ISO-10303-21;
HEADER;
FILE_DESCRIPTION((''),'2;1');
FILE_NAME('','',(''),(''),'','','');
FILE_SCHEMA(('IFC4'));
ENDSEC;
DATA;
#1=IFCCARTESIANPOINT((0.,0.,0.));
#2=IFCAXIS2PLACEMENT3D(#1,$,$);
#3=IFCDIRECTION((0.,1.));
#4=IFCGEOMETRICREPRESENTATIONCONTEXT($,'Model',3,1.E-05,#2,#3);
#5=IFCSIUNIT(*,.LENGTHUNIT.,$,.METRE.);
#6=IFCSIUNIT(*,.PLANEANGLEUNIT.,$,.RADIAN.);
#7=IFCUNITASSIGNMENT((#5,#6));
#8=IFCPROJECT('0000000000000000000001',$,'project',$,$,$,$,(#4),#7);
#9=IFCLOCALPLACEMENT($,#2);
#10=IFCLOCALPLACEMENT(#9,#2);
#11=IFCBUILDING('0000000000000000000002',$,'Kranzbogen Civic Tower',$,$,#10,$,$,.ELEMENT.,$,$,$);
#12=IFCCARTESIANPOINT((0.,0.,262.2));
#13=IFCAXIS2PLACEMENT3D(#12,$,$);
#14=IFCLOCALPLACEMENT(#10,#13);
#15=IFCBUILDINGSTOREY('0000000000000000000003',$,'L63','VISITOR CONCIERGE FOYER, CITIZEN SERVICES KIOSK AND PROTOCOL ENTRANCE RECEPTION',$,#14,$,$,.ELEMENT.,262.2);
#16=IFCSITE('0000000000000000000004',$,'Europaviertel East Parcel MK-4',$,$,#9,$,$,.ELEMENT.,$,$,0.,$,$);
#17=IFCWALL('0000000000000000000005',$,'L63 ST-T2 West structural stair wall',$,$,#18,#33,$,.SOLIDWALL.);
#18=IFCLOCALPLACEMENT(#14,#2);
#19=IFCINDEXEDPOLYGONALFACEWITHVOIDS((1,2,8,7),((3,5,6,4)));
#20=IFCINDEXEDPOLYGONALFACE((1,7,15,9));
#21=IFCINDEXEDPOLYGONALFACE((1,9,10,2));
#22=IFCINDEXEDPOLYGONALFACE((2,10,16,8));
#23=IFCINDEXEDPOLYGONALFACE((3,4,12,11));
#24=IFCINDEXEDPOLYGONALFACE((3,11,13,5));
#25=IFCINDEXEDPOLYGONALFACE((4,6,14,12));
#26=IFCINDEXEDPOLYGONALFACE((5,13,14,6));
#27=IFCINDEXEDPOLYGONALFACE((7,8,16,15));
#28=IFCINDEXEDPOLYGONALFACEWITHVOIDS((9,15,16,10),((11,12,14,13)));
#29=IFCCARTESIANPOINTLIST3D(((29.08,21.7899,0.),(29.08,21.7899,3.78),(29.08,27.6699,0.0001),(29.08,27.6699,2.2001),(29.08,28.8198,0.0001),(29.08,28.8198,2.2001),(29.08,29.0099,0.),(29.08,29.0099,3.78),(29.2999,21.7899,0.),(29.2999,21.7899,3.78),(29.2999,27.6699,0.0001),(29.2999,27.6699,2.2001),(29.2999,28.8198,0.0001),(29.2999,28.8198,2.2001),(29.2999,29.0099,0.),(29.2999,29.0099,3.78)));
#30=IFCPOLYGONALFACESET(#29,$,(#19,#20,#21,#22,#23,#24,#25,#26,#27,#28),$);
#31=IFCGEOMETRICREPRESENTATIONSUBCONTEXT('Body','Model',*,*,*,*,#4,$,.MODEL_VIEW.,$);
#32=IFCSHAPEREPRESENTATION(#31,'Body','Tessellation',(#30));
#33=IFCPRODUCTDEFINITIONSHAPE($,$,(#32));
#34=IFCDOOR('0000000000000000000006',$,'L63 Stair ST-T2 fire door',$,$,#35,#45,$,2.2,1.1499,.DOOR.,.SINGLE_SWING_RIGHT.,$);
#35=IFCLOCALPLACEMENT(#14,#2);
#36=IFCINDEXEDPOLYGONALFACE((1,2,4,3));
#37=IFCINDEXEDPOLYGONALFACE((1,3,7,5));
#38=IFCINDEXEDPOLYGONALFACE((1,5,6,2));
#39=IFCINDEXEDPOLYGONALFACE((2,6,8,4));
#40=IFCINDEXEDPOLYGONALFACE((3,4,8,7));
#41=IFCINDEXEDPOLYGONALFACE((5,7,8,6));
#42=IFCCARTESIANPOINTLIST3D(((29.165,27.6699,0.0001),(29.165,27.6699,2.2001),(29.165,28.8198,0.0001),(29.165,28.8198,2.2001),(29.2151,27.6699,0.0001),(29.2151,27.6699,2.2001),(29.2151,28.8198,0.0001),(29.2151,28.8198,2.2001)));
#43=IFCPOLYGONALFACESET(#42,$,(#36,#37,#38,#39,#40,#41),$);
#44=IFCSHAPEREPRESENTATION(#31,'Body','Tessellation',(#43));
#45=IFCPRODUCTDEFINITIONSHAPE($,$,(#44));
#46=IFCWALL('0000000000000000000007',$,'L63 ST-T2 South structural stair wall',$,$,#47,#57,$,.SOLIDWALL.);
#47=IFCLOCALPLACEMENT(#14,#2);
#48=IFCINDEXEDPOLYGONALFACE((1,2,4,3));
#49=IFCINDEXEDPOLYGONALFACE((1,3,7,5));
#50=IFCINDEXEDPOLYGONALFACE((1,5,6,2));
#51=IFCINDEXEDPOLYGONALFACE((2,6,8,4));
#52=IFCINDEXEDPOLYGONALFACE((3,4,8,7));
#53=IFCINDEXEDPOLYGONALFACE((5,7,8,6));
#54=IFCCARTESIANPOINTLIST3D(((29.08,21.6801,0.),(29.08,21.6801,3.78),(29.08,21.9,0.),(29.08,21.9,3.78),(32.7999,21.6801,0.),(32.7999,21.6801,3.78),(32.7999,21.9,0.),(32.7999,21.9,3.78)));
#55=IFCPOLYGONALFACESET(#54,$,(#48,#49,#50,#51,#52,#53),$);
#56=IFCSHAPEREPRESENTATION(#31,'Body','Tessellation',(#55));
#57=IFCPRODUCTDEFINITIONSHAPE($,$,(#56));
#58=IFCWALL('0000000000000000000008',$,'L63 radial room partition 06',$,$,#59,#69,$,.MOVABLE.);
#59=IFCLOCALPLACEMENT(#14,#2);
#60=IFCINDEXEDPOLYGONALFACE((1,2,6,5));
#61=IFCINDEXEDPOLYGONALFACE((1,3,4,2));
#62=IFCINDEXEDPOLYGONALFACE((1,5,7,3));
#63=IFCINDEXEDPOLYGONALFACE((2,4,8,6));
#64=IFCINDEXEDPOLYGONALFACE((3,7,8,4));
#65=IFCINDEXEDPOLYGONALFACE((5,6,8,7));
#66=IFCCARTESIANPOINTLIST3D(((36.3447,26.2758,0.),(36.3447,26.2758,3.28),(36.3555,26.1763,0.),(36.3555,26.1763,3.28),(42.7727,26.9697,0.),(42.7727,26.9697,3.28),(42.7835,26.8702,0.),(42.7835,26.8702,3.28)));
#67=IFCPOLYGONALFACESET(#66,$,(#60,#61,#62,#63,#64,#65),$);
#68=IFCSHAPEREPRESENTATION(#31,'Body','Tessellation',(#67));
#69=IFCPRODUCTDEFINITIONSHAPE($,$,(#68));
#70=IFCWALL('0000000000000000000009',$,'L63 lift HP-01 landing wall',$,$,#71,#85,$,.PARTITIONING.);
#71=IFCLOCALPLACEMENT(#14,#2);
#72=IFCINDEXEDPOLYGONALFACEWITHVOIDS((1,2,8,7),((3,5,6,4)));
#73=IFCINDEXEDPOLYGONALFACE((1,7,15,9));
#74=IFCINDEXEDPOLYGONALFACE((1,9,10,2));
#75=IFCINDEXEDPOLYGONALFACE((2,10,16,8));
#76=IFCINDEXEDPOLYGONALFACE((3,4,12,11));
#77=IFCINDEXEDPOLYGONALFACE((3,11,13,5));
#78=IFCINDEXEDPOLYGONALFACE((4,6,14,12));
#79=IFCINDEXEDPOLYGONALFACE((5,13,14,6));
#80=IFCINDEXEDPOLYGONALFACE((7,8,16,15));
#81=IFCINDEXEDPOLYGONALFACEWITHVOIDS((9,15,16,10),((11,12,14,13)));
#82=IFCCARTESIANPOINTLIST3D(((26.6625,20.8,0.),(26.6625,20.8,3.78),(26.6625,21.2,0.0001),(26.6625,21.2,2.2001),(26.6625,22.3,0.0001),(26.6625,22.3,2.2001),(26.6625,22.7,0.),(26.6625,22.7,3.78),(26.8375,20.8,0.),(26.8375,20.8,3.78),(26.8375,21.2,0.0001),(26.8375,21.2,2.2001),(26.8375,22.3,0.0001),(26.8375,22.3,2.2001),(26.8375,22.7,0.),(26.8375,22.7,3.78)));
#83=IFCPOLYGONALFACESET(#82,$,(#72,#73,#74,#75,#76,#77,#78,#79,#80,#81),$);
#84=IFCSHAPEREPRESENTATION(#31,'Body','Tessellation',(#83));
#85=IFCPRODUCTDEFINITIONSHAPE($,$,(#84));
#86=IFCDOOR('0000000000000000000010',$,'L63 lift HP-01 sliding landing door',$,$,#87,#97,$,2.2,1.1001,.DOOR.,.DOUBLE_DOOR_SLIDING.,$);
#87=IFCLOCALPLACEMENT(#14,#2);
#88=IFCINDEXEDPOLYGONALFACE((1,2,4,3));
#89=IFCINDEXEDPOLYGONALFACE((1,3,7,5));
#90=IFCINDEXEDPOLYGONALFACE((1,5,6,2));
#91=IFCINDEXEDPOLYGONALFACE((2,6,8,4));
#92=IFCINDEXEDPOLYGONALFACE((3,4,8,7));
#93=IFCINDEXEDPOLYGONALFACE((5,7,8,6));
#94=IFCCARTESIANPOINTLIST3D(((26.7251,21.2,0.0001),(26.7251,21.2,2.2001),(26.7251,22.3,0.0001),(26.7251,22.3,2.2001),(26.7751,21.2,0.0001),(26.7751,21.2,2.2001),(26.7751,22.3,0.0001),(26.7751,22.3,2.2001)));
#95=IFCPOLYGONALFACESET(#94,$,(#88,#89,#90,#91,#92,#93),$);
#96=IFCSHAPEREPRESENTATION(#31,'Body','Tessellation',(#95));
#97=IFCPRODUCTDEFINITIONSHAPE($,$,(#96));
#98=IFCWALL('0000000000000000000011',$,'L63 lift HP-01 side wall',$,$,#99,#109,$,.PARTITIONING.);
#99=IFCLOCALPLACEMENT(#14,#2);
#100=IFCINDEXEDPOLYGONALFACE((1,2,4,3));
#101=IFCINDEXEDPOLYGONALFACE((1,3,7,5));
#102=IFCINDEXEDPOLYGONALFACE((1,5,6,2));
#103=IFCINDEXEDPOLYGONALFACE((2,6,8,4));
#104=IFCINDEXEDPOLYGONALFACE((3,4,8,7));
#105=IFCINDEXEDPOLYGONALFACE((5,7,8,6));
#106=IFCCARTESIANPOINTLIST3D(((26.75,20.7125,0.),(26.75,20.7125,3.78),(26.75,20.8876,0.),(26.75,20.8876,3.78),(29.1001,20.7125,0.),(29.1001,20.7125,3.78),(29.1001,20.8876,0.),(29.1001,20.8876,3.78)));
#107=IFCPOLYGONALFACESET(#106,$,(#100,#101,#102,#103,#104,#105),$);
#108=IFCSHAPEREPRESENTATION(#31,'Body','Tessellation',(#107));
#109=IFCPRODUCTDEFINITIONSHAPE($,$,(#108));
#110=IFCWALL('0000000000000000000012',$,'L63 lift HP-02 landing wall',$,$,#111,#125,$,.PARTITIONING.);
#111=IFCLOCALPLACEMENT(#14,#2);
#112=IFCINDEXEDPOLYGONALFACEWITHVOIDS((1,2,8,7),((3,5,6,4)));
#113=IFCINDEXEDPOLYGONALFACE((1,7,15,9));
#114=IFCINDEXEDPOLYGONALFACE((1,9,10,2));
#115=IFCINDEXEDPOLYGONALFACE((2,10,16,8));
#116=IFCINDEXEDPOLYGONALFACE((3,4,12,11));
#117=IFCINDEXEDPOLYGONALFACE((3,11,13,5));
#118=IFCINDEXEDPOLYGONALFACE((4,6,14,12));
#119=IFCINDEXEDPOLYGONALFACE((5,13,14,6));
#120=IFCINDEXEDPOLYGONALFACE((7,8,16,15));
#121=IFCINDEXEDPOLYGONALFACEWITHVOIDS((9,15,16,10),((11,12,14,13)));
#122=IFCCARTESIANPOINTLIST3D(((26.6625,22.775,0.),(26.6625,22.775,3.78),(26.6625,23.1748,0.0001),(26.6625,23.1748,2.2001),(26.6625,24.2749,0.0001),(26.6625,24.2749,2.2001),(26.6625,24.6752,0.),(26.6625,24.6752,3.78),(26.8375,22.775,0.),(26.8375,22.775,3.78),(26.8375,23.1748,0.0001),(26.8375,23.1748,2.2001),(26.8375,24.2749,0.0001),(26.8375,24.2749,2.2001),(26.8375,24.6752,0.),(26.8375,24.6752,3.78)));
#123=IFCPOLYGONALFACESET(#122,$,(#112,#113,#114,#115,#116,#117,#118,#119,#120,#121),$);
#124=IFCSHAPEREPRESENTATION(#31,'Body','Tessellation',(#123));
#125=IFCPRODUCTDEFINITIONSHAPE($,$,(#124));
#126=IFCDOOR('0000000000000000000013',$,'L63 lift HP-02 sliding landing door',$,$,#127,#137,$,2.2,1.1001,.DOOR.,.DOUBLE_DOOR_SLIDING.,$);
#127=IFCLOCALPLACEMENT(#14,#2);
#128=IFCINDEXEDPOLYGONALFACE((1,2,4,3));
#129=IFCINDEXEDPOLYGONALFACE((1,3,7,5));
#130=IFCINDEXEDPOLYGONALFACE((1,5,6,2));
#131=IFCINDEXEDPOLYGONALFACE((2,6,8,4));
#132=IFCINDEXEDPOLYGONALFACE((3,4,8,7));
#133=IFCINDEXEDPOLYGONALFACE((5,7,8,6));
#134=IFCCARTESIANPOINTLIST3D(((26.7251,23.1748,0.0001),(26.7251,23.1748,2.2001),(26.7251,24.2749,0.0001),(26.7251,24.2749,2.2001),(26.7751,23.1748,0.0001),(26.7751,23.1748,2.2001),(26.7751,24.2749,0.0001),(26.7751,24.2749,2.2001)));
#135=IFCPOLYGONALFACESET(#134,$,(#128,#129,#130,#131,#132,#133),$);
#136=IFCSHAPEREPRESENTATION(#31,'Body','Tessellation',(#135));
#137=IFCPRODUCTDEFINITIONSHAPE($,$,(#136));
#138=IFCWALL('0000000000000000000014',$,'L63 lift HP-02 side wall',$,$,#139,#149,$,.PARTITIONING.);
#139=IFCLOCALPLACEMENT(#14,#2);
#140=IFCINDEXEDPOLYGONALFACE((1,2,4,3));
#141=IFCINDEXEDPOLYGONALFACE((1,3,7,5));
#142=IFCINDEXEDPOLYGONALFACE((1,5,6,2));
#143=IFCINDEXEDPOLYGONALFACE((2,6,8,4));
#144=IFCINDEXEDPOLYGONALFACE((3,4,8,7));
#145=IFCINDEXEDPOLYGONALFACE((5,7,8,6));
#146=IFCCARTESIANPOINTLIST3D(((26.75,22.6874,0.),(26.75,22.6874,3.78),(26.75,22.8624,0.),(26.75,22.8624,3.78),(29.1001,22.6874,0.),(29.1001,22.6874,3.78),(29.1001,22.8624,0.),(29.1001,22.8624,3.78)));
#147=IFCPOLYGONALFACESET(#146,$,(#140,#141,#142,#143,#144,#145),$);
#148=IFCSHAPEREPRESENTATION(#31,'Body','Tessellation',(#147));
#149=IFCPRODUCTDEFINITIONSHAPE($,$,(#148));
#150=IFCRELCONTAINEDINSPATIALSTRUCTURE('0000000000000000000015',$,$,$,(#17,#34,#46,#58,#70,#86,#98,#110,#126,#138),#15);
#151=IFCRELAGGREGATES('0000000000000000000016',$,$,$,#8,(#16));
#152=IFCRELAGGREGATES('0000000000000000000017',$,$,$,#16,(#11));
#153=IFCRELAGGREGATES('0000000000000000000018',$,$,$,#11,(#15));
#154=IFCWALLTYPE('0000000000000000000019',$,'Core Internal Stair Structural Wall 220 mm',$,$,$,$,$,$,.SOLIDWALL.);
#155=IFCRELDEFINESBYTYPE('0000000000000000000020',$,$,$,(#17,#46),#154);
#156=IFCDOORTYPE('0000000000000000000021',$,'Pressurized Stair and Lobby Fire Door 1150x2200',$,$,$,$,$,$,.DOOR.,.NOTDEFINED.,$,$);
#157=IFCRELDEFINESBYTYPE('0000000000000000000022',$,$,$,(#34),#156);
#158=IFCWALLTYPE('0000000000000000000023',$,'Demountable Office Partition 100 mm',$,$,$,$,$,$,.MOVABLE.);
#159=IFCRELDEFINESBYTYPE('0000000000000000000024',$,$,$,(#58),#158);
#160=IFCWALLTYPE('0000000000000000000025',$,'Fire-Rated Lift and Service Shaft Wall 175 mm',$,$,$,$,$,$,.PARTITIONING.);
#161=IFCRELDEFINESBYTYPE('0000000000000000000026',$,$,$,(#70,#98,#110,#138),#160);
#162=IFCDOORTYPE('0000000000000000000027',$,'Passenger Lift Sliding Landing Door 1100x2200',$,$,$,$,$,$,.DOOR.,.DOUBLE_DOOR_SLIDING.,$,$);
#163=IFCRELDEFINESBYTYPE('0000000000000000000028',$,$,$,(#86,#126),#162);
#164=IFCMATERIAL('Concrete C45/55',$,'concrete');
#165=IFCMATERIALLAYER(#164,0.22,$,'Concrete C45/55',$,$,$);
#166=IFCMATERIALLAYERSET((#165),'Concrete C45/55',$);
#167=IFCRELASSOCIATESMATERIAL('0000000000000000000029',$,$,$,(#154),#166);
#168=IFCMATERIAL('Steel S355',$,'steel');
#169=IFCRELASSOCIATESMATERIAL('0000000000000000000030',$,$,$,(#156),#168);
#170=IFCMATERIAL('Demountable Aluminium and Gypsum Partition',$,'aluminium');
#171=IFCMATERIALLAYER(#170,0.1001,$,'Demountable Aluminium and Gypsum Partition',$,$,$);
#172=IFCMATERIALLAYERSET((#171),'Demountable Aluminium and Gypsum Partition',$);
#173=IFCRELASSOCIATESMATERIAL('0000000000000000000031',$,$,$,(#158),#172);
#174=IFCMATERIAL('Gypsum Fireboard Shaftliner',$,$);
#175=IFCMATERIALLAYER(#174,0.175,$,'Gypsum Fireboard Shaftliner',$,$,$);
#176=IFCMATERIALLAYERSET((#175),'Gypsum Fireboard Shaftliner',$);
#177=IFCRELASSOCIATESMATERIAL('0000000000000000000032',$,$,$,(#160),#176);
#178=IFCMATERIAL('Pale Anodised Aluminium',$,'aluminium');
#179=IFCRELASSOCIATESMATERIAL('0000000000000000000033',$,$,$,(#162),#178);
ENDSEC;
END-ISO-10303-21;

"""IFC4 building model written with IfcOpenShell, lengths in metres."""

from ifc_helpers import new_model, si_unit, direction, frame, frame_2d, origin, place, context, subcontext, project, spatial, rectangle, extrude, material, layer, layer_set, type_object, element, fill, save


model = new_model("IFC4")

# Units and contexts
model_context = context("Model", 3, precision=1e-05, world=origin(), true_north=direction((0.0, 1.0)))
body_context = subcontext(model_context, "Body", "Model", "MODEL_VIEW")
ifc_project = project(units=[si_unit("LENGTHUNIT", "METRE"), si_unit("PLANEANGLEUNIT", "RADIAN")], contexts=[model_context])

# Site, building, storey
site_placement = place(None, origin())
site = spatial("IfcSite", under=ifc_project, at=site_placement, Name="Europaviertel East Parcel MK-4", CompositionType="ELEMENT", RefElevation=0.0)
building_placement = place(site_placement, origin())
building = spatial("IfcBuilding", under=site, at=building_placement, Name="Kranzbogen Civic Tower", CompositionType="ELEMENT")
storey_placement = place(building_placement, frame((0.0, 0.0, 262.2)))
storey = spatial("IfcBuildingStorey", under=building, at=storey_placement, Name="L63", Description="VISITOR CONCIERGE FOYER, CITIZEN SERVICES KIOSK AND PROTOCOL ENTRANCE RECEPTION", CompositionType="ELEMENT", Elevation=262.2)

# Shared definitions
ifc_material_1 = material(Name="Steel S355", Category="steel")

# Shared definitions
ifc_material_2 = material(Name="Pale Anodised Aluminium", Category="aluminium")

# Shared definitions
ifc_material_3 = material(Name="Concrete C45/55", Category="concrete")

# Wall, opening, door
ifc_layer_1 = layer(ifc_material_3, 0.22, Name="Concrete C45/55")
ifc_layer_set_1 = layer_set([ifc_layer_1], Name="Concrete C45/55")
wall_type_1 = type_object("IfcWallType", Name="Core Internal Stair Structural Wall 220 mm", PredefinedType="SOLIDWALL", material=ifc_layer_set_1)
wall_1_placement = place(storey_placement, frame((29.1899, 21.79, 0.0), z_axis=(0.0, 0.0, 1.0), x_axis=(0.0, 1.0, 0.0)))
wall_1 = element("IfcWall", 1, at=wall_1_placement, inside=storey, type_object=wall_type_1, Name="L63 ST-T2 West structural stair wall", PredefinedType="SOLIDWALL", context=body_context, shape_type="SweptSolid", body=[
    extrude(rectangle(XDim=7.22, YDim=0.22, at=frame_2d((3.6099, 0.0))), origin(), (0.0, 0.0, 1.0), 3.78),
])
opening_1_placement = place(wall_1_placement, frame((5.8799, 0.0, 0.0)))
opening_1 = element("IfcOpeningElement", 2, at=opening_1_placement, cuts=wall_1, PredefinedType="OPENING", context=body_context, shape_type="SweptSolid", body=[
    extrude(rectangle(XDim=1.1499, YDim=2.2, at=frame_2d((0.575, 1.1001))), frame((0.0, 0.1201, 0.0), z_axis=(0.0, -1.0, 0.0), x_axis=(1.0, 0.0, 0.0)), (0.0, 0.0, 1.0), 0.24),
])
door_type_1 = type_object("IfcDoorType", Name="Pressurized Stair and Lobby Fire Door 1150x2200", OperationType="NOTDEFINED", PredefinedType="DOOR", material=ifc_material_1)
door_1_placement = place(opening_1_placement, origin())
door_1 = element("IfcDoor", 3, at=door_1_placement, inside=storey, type_object=door_type_1, Name="L63 Stair ST-T2 fire door", OperationType="SINGLE_SWING_RIGHT", OverallHeight=2.2, OverallWidth=1.1499, PredefinedType="DOOR", context=body_context, shape_type="SweptSolid", body=[
    extrude(rectangle(XDim=1.1499, YDim=2.2, at=frame_2d((0.575, 1.1001))), frame((0.0, 0.0249, 0.0), z_axis=(0.0, -1.0, 0.0), x_axis=(1.0, 0.0, 0.0)), (0.0, 0.0, 1.0), 0.05),
])
fill(opening_1, door_1)

# Walls
wall_2_placement = place(storey_placement, frame((29.0801, 21.79, 0.0), z_axis=(0.0, 0.0, 1.0), x_axis=(1.0, 0.0, 0.0)))
element("IfcWall", 4, at=wall_2_placement, inside=storey, type_object=wall_type_1, Name="L63 ST-T2 South structural stair wall", PredefinedType="SOLIDWALL", context=body_context, shape_type="SweptSolid", body=[
    extrude(rectangle(XDim=3.72, YDim=0.22, at=frame_2d((1.8599, 0.0))), origin(), (0.0, 0.0, 1.0), 3.78),
])
ifc_material_4 = material(Name="Demountable Aluminium and Gypsum Partition", Category="aluminium")
ifc_layer_2 = layer(ifc_material_4, 0.1001, Name="Demountable Aluminium and Gypsum Partition")
ifc_layer_set_2 = layer_set([ifc_layer_2], Name="Demountable Aluminium and Gypsum Partition")
wall_type_2 = type_object("IfcWallType", Name="Demountable Office Partition 100 mm", PredefinedType="MOVABLE", material=ifc_layer_set_2)
wall_3_placement = place(storey_placement, frame((36.3501, 26.2261, 0.0), z_axis=(0.0, 0.0, 1.0), x_axis=(0.994225, 0.107318, 0.0)))
element("IfcWall", 5, at=wall_3_placement, inside=storey, type_object=wall_type_2, Name="L63 radial room partition 06", PredefinedType="MOVABLE", context=body_context, shape_type="SweptSolid", body=[
    extrude(rectangle(XDim=6.4653, YDim=0.1001, at=frame_2d((3.2327, 0.0))), origin(), (0.0, 0.0, 1.0), 3.28),
])

# Wall, opening, door
ifc_material_5 = material(Name="Gypsum Fireboard Shaftliner")
ifc_layer_3 = layer(ifc_material_5, 0.175, Name="Gypsum Fireboard Shaftliner")
ifc_layer_set_3 = layer_set([ifc_layer_3], Name="Gypsum Fireboard Shaftliner")
wall_type_3 = type_object("IfcWallType", Name="Fire-Rated Lift and Service Shaft Wall 175 mm", PredefinedType="PARTITIONING", material=ifc_layer_set_3)
wall_4_placement = place(storey_placement, frame((26.75, 20.8, 0.0), z_axis=(0.0, 0.0, 1.0), x_axis=(0.0, 1.0, 0.0)))
wall_4 = element("IfcWall", 6, at=wall_4_placement, inside=storey, type_object=wall_type_3, Name="L63 lift HP-01 landing wall", PredefinedType="PARTITIONING", context=body_context, shape_type="SweptSolid", body=[
    extrude(rectangle(XDim=1.8999, YDim=0.175, at=frame_2d((0.95, 0.0))), origin(), (0.0, 0.0, 1.0), 3.78),
])
opening_2_placement = place(wall_4_placement, frame((0.3999, 0.0, 0.0)))
opening_2 = element("IfcOpeningElement", 7, at=opening_2_placement, cuts=wall_4, PredefinedType="OPENING", context=body_context, shape_type="SweptSolid", body=[
    extrude(rectangle(XDim=1.1001, YDim=2.2, at=frame_2d((0.55, 1.1001))), frame((0.0, 0.0977, 0.0), z_axis=(0.0, -1.0, 0.0), x_axis=(1.0, 0.0, 0.0)), (0.0, 0.0, 1.0), 0.1951),
])
door_type_2 = type_object("IfcDoorType", Name="Passenger Lift Sliding Landing Door 1100x2200", OperationType="DOUBLE_DOOR_SLIDING", PredefinedType="DOOR", material=ifc_material_2)
door_2_placement = place(opening_2_placement, origin())
door_2 = element("IfcDoor", 8, at=door_2_placement, inside=storey, type_object=door_type_2, Name="L63 lift HP-01 sliding landing door", OperationType="DOUBLE_DOOR_SLIDING", OverallHeight=2.2, OverallWidth=1.1001, PredefinedType="DOOR", context=body_context, shape_type="SweptSolid", body=[
    extrude(rectangle(XDim=1.1001, YDim=2.2, at=frame_2d((0.55, 1.1001))), frame((0.0, 0.0249, 0.0), z_axis=(0.0, -1.0, 0.0), x_axis=(1.0, 0.0, 0.0)), (0.0, 0.0, 1.0), 0.05),
])
fill(opening_2, door_2)

# Wall
wall_5_placement = place(storey_placement, frame((26.75, 20.8, 0.0), z_axis=(0.0, 0.0, 1.0), x_axis=(1.0, 0.0, 0.0)))
element("IfcWall", 9, at=wall_5_placement, inside=storey, type_object=wall_type_3, Name="L63 lift HP-01 side wall", PredefinedType="PARTITIONING", context=body_context, shape_type="SweptSolid", body=[
    extrude(rectangle(XDim=2.3501, YDim=0.175, at=frame_2d((1.175, 0.0))), origin(), (0.0, 0.0, 1.0), 3.78),
])

# Wall, opening, door
wall_6_placement = place(storey_placement, frame((26.75, 22.7749, 0.0), z_axis=(0.0, 0.0, 1.0), x_axis=(0.0, 1.0, 0.0)))
wall_6 = element("IfcWall", 10, at=wall_6_placement, inside=storey, type_object=wall_type_3, Name="L63 lift HP-02 landing wall", PredefinedType="PARTITIONING", context=body_context, shape_type="SweptSolid", body=[
    extrude(rectangle(XDim=1.9001, YDim=0.175, at=frame_2d((0.9502, 0.0))), origin(), (0.0, 0.0, 1.0), 3.78),
])
opening_3_placement = place(wall_6_placement, frame((0.3999, 0.0, 0.0)))
opening_3 = element("IfcOpeningElement", 11, at=opening_3_placement, cuts=wall_6, PredefinedType="OPENING", context=body_context, shape_type="SweptSolid", body=[
    extrude(rectangle(XDim=1.1001, YDim=2.2, at=frame_2d((0.55, 1.1001))), frame((0.0, 0.0977, 0.0), z_axis=(0.0, -1.0, 0.0), x_axis=(1.0, 0.0, 0.0)), (0.0, 0.0, 1.0), 0.1951),
])
door_3_placement = place(opening_3_placement, origin())
door_3 = element("IfcDoor", 12, at=door_3_placement, inside=storey, type_object=door_type_2, Name="L63 lift HP-02 sliding landing door", OperationType="DOUBLE_DOOR_SLIDING", OverallHeight=2.2, OverallWidth=1.1001, PredefinedType="DOOR", context=body_context, shape_type="SweptSolid", body=[
    extrude(rectangle(XDim=1.1001, YDim=2.2, at=frame_2d((0.55, 1.1001))), frame((0.0, 0.0249, 0.0), z_axis=(0.0, -1.0, 0.0), x_axis=(1.0, 0.0, 0.0)), (0.0, 0.0, 1.0), 0.05),
])
fill(opening_3, door_3)

# Wall
wall_7_placement = place(storey_placement, frame((26.75, 22.7749, 0.0), z_axis=(0.0, 0.0, 1.0), x_axis=(1.0, 0.0, 0.0)))
element("IfcWall", 13, at=wall_7_placement, inside=storey, type_object=wall_type_3, Name="L63 lift HP-02 side wall", PredefinedType="PARTITIONING", context=body_context, shape_type="SweptSolid", body=[
    extrude(rectangle(XDim=2.3501, YDim=0.175, at=frame_2d((1.175, 0.0))), origin(), (0.0, 0.0, 1.0), 3.78),
])

save(model, "model.ifc")
